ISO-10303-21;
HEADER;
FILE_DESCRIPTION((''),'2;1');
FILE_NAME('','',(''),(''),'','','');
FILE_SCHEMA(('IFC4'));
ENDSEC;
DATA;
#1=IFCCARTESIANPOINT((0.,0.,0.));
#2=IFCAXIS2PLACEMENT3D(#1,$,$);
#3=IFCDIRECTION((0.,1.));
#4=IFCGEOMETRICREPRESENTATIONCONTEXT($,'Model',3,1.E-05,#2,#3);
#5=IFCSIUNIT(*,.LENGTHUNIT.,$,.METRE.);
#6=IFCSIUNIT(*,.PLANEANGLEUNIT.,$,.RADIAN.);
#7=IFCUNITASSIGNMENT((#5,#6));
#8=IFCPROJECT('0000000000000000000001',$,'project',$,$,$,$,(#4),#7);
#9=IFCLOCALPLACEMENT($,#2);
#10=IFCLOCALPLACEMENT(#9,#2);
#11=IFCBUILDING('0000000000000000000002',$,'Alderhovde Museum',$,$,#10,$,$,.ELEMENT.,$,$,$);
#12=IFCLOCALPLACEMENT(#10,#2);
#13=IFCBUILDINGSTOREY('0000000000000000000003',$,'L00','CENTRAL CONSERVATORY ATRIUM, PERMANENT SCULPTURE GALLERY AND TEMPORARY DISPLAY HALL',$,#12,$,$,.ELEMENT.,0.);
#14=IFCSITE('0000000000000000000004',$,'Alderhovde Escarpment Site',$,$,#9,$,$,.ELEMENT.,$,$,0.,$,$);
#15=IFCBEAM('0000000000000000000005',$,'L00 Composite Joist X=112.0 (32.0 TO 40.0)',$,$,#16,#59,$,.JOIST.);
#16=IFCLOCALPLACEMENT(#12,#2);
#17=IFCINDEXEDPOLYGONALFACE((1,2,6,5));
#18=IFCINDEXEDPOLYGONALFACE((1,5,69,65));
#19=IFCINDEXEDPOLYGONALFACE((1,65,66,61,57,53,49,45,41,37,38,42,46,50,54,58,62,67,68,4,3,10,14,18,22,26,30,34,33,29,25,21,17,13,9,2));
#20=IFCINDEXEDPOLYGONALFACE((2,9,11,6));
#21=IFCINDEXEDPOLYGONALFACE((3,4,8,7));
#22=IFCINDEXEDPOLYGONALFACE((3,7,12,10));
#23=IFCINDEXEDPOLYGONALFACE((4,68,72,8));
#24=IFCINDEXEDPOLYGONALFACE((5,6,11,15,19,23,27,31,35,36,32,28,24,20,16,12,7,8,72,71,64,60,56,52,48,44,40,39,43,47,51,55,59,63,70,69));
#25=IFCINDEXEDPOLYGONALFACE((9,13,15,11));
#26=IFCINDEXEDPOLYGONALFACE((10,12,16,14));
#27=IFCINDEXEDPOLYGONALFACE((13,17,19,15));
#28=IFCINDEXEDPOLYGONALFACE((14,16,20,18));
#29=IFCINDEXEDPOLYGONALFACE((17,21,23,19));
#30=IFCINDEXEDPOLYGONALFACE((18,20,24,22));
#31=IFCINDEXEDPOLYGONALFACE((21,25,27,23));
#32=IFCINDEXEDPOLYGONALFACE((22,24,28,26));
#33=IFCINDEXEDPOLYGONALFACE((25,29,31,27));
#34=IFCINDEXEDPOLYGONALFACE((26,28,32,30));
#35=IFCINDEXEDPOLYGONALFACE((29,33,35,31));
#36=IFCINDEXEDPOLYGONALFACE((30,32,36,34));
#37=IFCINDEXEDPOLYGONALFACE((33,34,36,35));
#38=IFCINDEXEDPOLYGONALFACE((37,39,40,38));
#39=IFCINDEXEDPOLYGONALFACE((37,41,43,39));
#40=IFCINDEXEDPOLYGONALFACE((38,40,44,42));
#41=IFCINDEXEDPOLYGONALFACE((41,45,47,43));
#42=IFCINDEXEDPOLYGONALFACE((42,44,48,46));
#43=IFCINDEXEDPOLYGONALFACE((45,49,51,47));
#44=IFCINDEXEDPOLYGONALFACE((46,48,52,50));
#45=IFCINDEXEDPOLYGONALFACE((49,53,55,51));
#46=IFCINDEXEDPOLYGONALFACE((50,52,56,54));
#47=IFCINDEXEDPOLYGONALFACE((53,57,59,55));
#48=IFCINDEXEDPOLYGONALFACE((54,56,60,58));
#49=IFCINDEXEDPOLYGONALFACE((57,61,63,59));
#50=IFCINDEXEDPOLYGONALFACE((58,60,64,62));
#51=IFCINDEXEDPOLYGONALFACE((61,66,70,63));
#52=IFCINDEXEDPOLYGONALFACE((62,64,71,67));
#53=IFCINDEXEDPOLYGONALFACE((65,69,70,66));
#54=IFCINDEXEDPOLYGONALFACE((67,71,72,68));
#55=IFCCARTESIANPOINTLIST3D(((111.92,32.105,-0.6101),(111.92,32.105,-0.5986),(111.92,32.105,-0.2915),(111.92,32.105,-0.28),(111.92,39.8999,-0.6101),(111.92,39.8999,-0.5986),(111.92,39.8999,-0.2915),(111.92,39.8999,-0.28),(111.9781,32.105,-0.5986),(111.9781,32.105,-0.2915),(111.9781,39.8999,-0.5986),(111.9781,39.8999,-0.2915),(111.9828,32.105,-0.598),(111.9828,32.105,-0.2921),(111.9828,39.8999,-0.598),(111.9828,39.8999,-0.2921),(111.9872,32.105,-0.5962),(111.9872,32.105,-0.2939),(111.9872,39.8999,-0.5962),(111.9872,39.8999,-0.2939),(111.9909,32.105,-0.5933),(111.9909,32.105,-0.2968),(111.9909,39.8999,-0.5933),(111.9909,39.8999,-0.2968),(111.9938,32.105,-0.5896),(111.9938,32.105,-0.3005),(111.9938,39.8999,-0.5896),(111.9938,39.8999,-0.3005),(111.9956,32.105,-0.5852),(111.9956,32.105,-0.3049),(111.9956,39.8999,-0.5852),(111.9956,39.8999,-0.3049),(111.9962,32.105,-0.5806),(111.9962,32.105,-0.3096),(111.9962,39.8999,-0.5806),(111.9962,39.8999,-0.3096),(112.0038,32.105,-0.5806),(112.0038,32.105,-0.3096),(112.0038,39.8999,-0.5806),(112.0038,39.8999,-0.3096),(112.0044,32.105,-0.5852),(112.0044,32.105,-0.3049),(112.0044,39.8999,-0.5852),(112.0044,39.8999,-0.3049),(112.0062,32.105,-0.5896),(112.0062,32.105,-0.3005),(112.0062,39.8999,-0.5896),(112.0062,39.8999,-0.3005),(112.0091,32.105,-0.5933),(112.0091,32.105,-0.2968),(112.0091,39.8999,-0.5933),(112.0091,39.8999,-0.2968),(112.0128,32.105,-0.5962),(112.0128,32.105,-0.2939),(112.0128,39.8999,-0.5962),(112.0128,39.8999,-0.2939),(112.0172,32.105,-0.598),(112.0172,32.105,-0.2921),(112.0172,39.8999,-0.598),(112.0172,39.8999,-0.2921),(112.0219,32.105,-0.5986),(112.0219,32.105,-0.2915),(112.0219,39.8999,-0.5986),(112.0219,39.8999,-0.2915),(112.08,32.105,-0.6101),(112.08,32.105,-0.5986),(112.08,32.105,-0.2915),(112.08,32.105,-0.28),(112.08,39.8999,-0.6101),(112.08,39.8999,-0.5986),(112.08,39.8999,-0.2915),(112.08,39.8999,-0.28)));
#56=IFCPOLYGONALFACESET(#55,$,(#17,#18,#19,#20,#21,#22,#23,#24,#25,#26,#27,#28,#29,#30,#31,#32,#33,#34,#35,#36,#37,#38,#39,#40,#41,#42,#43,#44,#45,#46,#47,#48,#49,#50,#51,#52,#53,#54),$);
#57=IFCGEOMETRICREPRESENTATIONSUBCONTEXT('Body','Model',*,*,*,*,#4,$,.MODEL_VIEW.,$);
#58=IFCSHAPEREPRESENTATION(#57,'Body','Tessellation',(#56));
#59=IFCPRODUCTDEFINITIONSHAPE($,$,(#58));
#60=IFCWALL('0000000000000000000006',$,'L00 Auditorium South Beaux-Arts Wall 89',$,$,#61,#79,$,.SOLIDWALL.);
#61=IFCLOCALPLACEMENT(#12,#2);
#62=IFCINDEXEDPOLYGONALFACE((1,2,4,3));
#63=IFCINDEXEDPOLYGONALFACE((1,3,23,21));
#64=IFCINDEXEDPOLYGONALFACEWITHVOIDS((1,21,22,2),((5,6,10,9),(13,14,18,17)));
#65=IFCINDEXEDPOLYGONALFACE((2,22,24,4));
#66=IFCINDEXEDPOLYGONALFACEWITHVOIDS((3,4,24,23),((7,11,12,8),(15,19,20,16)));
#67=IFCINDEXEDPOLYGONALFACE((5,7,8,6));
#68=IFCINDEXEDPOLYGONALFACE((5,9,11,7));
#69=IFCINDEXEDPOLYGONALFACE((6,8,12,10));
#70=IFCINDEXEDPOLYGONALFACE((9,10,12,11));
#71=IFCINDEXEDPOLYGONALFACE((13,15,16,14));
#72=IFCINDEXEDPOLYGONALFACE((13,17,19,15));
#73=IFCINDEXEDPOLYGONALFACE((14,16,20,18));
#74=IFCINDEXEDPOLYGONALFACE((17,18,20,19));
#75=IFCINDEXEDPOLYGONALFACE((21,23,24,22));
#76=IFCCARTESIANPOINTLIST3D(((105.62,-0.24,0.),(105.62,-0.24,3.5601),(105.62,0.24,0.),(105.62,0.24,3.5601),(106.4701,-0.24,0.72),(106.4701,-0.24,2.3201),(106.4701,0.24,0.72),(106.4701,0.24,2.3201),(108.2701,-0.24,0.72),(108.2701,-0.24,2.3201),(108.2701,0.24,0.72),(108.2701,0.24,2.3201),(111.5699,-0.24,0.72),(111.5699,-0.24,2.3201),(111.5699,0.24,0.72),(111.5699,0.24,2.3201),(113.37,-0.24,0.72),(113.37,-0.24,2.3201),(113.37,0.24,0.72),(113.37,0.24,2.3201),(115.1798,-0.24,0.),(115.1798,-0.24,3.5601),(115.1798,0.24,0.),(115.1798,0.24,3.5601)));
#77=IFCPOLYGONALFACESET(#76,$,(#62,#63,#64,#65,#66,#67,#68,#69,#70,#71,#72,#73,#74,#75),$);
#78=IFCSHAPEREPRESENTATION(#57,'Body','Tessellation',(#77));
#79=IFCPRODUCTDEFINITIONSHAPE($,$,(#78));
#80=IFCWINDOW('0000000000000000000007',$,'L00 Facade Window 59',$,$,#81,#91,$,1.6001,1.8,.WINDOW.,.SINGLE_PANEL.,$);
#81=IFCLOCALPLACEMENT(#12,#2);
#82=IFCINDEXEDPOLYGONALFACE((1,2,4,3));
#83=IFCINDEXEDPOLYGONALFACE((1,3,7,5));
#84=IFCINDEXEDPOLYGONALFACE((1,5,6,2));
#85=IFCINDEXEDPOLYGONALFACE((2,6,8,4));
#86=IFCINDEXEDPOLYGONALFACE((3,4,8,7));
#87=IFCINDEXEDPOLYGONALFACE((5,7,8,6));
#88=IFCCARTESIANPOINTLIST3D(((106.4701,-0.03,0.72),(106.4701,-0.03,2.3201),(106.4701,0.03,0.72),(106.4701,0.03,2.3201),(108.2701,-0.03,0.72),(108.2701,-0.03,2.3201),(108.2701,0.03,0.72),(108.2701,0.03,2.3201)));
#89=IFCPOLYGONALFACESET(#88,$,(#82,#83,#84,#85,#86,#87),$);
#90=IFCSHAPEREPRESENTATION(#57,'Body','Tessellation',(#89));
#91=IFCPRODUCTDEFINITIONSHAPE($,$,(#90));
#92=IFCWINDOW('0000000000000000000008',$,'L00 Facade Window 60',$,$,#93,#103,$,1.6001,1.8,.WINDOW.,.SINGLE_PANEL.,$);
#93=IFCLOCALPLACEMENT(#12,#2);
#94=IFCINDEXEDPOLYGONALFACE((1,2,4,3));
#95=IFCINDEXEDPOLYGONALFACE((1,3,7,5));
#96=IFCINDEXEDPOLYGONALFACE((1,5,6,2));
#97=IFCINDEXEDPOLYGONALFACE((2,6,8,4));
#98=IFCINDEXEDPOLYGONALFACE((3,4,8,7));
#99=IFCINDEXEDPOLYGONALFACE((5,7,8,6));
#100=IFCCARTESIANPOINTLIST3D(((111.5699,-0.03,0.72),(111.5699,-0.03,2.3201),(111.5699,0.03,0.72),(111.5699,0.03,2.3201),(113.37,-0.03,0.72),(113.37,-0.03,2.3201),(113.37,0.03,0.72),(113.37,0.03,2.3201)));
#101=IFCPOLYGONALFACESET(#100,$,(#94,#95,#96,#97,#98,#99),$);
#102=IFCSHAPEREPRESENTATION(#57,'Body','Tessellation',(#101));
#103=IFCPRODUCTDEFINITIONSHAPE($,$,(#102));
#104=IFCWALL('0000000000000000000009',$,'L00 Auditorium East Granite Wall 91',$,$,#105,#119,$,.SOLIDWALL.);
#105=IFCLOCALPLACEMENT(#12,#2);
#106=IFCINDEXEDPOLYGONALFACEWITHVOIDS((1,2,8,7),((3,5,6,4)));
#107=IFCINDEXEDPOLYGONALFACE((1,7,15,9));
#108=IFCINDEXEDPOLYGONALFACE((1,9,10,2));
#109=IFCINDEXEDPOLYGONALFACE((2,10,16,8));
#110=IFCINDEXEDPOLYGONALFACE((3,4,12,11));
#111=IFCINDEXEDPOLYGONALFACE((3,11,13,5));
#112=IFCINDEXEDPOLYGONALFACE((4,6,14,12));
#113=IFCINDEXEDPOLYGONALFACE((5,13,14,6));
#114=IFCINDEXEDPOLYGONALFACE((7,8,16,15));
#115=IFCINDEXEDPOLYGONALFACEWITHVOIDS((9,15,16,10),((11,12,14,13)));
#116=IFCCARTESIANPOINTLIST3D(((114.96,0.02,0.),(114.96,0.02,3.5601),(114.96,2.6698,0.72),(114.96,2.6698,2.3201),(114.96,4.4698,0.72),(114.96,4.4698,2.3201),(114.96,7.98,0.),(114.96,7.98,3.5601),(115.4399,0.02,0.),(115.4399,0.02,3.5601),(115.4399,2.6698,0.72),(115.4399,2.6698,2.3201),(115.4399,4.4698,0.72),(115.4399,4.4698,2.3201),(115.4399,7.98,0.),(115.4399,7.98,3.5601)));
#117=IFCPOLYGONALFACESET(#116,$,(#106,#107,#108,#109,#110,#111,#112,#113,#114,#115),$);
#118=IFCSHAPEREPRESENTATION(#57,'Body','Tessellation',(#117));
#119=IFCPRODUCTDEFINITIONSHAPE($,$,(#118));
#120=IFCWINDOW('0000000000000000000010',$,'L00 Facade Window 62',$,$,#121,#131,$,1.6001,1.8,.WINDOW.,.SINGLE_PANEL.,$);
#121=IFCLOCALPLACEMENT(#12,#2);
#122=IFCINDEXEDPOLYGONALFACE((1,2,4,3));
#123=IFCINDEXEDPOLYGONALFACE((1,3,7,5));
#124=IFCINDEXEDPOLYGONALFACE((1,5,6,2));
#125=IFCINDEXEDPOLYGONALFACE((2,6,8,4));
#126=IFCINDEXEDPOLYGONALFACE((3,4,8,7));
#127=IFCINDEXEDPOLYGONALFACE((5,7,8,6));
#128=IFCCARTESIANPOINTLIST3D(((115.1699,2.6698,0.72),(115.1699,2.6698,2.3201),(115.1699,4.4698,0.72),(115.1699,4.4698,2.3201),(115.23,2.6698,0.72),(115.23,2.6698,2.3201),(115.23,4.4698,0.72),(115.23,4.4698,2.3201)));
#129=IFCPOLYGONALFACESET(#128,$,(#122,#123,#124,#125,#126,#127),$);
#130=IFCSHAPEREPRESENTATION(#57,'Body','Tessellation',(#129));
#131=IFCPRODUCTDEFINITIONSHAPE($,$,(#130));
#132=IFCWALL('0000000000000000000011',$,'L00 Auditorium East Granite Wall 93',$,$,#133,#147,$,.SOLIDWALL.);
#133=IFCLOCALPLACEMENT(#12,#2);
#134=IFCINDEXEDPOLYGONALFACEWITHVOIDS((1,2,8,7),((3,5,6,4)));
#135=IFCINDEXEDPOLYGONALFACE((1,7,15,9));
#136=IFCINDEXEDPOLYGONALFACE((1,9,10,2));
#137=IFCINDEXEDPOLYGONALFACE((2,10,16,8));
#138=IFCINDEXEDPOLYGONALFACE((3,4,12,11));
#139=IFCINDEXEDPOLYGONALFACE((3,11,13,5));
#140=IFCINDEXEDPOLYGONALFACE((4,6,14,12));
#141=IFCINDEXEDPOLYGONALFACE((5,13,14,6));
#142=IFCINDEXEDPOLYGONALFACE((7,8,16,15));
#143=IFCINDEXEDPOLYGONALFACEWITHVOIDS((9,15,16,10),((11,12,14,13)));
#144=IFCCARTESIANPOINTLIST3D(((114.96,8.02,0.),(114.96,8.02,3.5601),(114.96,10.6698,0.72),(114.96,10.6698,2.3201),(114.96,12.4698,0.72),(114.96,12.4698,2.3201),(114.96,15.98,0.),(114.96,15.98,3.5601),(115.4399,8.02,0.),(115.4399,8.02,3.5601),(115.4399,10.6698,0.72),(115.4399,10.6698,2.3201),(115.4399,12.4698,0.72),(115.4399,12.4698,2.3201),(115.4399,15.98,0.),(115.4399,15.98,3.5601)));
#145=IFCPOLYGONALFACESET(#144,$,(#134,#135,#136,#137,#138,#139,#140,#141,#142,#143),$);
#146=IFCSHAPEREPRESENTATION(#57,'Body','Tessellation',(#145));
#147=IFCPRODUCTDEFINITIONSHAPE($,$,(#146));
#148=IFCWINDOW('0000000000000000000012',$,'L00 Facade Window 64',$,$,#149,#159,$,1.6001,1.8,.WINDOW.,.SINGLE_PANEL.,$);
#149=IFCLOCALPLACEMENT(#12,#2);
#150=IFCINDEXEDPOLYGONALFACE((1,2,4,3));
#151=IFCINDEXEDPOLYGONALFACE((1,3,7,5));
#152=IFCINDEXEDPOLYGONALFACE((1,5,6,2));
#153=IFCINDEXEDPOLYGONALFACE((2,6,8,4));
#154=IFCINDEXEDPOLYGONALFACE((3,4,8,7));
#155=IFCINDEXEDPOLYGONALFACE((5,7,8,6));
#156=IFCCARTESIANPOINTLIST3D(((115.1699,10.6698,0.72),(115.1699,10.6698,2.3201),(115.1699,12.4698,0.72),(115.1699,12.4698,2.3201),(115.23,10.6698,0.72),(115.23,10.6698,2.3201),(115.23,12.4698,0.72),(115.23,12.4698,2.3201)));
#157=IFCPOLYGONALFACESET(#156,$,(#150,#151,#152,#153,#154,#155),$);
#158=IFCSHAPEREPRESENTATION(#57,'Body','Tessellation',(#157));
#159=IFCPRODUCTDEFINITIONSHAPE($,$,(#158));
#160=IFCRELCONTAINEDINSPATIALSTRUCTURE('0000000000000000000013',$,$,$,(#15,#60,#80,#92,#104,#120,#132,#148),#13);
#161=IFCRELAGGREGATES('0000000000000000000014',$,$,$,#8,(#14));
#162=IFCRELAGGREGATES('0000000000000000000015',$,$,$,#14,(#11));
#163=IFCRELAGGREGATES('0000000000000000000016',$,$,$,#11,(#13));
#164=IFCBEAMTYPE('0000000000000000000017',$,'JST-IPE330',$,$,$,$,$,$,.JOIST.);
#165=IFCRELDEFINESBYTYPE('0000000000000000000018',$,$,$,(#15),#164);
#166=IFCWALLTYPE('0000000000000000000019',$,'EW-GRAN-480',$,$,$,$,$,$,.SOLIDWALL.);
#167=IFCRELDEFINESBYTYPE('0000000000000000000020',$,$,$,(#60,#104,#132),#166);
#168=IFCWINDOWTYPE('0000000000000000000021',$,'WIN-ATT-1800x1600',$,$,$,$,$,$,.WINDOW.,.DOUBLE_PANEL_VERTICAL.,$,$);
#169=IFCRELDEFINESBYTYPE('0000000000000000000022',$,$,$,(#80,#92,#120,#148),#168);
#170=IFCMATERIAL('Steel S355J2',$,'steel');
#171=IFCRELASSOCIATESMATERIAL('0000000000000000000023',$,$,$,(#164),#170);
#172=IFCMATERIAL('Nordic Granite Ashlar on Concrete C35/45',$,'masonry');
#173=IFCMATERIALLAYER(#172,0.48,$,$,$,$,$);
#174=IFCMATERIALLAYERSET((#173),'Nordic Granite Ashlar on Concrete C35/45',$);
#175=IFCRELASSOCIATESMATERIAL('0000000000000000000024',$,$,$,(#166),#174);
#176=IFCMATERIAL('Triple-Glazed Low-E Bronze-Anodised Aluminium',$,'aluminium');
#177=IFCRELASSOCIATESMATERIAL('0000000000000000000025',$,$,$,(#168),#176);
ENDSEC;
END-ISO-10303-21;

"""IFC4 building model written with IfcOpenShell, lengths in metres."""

from ifc_helpers import new_model, si_unit, direction, frame, frame_2d, origin, origin_2d, place, context, subcontext, project, spatial, rectangle, i_section, extrude, material, layer, layer_set, material_profile, profile_set, type_object, element, fill, save


model = new_model("IFC4")

# Units and contexts
model_context = context("Model", 3, precision=1e-05, world=origin(), true_north=direction((0.0, 1.0)))
body_context = subcontext(model_context, "Body", "Model", "MODEL_VIEW")
ifc_project = project(units=[si_unit("LENGTHUNIT", "METRE"), si_unit("PLANEANGLEUNIT", "RADIAN")], contexts=[model_context])

# Site, building, storey
site_placement = place(None, origin())
site = spatial("IfcSite", under=ifc_project, at=site_placement, Name="Alderhovde Escarpment Site", CompositionType="ELEMENT", RefElevation=0.0)
building_placement = place(site_placement, origin())
building = spatial("IfcBuilding", under=site, at=building_placement, Name="Alderhovde Museum", CompositionType="ELEMENT")
storey_placement = place(building_placement, origin())
storey = spatial("IfcBuildingStorey", under=building, at=storey_placement, Name="L00", Description="CENTRAL CONSERVATORY ATRIUM, PERMANENT SCULPTURE GALLERY AND TEMPORARY DISPLAY HALL", CompositionType="ELEMENT", Elevation=0.0)

# Beam
ifc_material_1 = material(Name="Steel S355J2", Category="steel")
ifc_material_profile_1 = material_profile(ifc_material_1, i_section(OverallWidth=0.1599, OverallDepth=0.3301, WebThickness=0.0076, FlangeThickness=0.0115, FilletRadius=0.0181, at=origin_2d()), Name="IPE 330")
ifc_profile_set_1 = profile_set([ifc_material_profile_1], Name="Steel S355J2")
beam_type_1 = type_object("IfcBeamType", Name="JST-IPE330", PredefinedType="JOIST", material=ifc_profile_set_1)
for number, where, z_axis, x_axis, name in (
    (1, (112.0, 32.105, -0.4451), (0.0, 1.0, 0.0), (-1.0, 0.0, 0.0), "L00 Composite Joist X=112.0 (32.0 TO 40.0)"),
):
    element("IfcBeam", number, at=place(storey_placement, frame(where, z_axis=z_axis, x_axis=x_axis)), inside=storey, type_object=beam_type_1, Name=name, PredefinedType="JOIST", context=body_context, shape_type="SweptSolid", body=[
        extrude(i_section(OverallWidth=0.1599, OverallDepth=0.3301, WebThickness=0.0076, FlangeThickness=0.0115, FilletRadius=0.0181, at=origin_2d()), origin(), (0.0, 0.0, 1.0), 7.7949),
    ])

# Wall, openings, windows
ifc_material_2 = material(Name="Nordic Granite Ashlar on Concrete C35/45", Category="masonry")
ifc_layer = layer(ifc_material_2, 0.48)
ifc_layer_set = layer_set([ifc_layer], Name="Nordic Granite Ashlar on Concrete C35/45")
wall_type = type_object("IfcWallType", Name="EW-GRAN-480", PredefinedType="SOLIDWALL", material=ifc_layer_set)
wall_1_placement = place(storey_placement, frame((105.6201, 0.0, 0.0), z_axis=(0.0, 0.0, 1.0), x_axis=(1.0, 0.0, 0.0)))
wall_1 = element("IfcWall", 2, at=wall_1_placement, inside=storey, type_object=wall_type, Name="L00 Auditorium South Beaux-Arts Wall 89", PredefinedType="SOLIDWALL", context=body_context, shape_type="SweptSolid", body=[
    extrude(rectangle(XDim=9.5598, YDim=0.48, at=frame_2d((4.7798, 0.0))), origin(), (0.0, 0.0, 1.0), 3.5601),
])
opening_1_placement = place(wall_1_placement, frame((0.8501, 0.0, 0.72)))
opening_1 = element("IfcOpeningElement", 3, at=opening_1_placement, cuts=wall_1, PredefinedType="OPENING", context=body_context, shape_type="SweptSolid", body=[
    extrude(rectangle(XDim=1.8, YDim=1.6001, at=frame_2d((0.8999, 0.8))), frame((0.0, 0.25, 0.0), z_axis=(0.0, -1.0, 0.0), x_axis=(1.0, 0.0, 0.0)), (0.0, 0.0, 1.0), 0.5),
])
opening_2_placement = place(wall_1_placement, frame((5.95, 0.0, 0.72)))
opening_2 = element("IfcOpeningElement", 4, at=opening_2_placement, cuts=wall_1, PredefinedType="OPENING", context=body_context, shape_type="SweptSolid", body=[
    extrude(rectangle(XDim=1.8, YDim=1.6001, at=frame_2d((0.8999, 0.8))), frame((0.0, 0.25, 0.0), z_axis=(0.0, -1.0, 0.0), x_axis=(1.0, 0.0, 0.0)), (0.0, 0.0, 1.0), 0.5),
])
ifc_material_3 = material(Name="Triple-Glazed Low-E Bronze-Anodised Aluminium", Category="aluminium")
window_type = type_object("IfcWindowType", Name="WIN-ATT-1800x1600", PartitioningType="DOUBLE_PANEL_VERTICAL", PredefinedType="WINDOW", material=ifc_material_3)
window_1_placement = place(opening_1_placement, origin())
window_1 = element("IfcWindow", 5, at=window_1_placement, inside=storey, type_object=window_type, Name="L00 Facade Window 59", OverallHeight=1.6001, OverallWidth=1.8, PartitioningType="SINGLE_PANEL", PredefinedType="WINDOW", context=body_context, shape_type="SweptSolid", body=[
    extrude(rectangle(XDim=1.8, YDim=1.6001, at=frame_2d((0.8999, 0.8))), frame((0.0, 0.03, 0.0), z_axis=(0.0, -1.0, 0.0), x_axis=(1.0, 0.0, 0.0)), (0.0, 0.0, 1.0), 0.0601),
])
fill(opening_1, window_1)
window_2_placement = place(opening_2_placement, origin())
window_2 = element("IfcWindow", 6, at=window_2_placement, inside=storey, type_object=window_type, Name="L00 Facade Window 60", OverallHeight=1.6001, OverallWidth=1.8, PartitioningType="SINGLE_PANEL", PredefinedType="WINDOW", context=body_context, shape_type="SweptSolid", body=[
    extrude(rectangle(XDim=1.8, YDim=1.6001, at=frame_2d((0.8999, 0.8))), frame((0.0, 0.03, 0.0), z_axis=(0.0, -1.0, 0.0), x_axis=(1.0, 0.0, 0.0)), (0.0, 0.0, 1.0), 0.0601),
])
fill(opening_2, window_2)

# Walls, openings, windows
wall_2_placement = place(storey_placement, frame((115.2, 0.02, 0.0), z_axis=(0.0, 0.0, 1.0), x_axis=(0.0, 1.0, 0.0)))
wall_2 = element("IfcWall", 7, at=wall_2_placement, inside=storey, type_object=wall_type, Name="L00 Auditorium East Granite Wall 91", PredefinedType="SOLIDWALL", context=body_context, shape_type="SweptSolid", body=[
    extrude(rectangle(XDim=7.96, YDim=0.48, at=frame_2d((3.98, 0.0))), origin(), (0.0, 0.0, 1.0), 3.5601),
])
opening_3_placement = place(wall_2_placement, frame((2.6499, 0.0, 0.72)))
opening_3 = element("IfcOpeningElement", 8, at=opening_3_placement, cuts=wall_2, PredefinedType="OPENING", context=body_context, shape_type="SweptSolid", body=[
    extrude(rectangle(XDim=1.8, YDim=1.6001, at=frame_2d((0.8999, 0.8))), frame((0.0, 0.25, 0.0), z_axis=(0.0, -1.0, 0.0), x_axis=(1.0, 0.0, 0.0)), (0.0, 0.0, 1.0), 0.5),
])
window_3_placement = place(opening_3_placement, origin())
window_3 = element("IfcWindow", 9, at=window_3_placement, inside=storey, type_object=window_type, Name="L00 Facade Window 62", OverallHeight=1.6001, OverallWidth=1.8, PartitioningType="SINGLE_PANEL", PredefinedType="WINDOW", context=body_context, shape_type="SweptSolid", body=[
    extrude(rectangle(XDim=1.8, YDim=1.6001, at=frame_2d((0.8999, 0.8))), frame((0.0, 0.03, 0.0), z_axis=(0.0, -1.0, 0.0), x_axis=(1.0, 0.0, 0.0)), (0.0, 0.0, 1.0), 0.0601),
])
fill(opening_3, window_3)
wall_3_placement = place(storey_placement, frame((115.2, 8.02, 0.0), z_axis=(0.0, 0.0, 1.0), x_axis=(0.0, 1.0, 0.0)))
wall_3 = element("IfcWall", 10, at=wall_3_placement, inside=storey, type_object=wall_type, Name="L00 Auditorium East Granite Wall 93", PredefinedType="SOLIDWALL", context=body_context, shape_type="SweptSolid", body=[
    extrude(rectangle(XDim=7.96, YDim=0.48, at=frame_2d((3.98, 0.0))), origin(), (0.0, 0.0, 1.0), 3.5601),
])
opening_4_placement = place(wall_3_placement, frame((2.6499, 0.0, 0.72)))
opening_4 = element("IfcOpeningElement", 11, at=opening_4_placement, cuts=wall_3, PredefinedType="OPENING", context=body_context, shape_type="SweptSolid", body=[
    extrude(rectangle(XDim=1.8, YDim=1.6001, at=frame_2d((0.8999, 0.8))), frame((0.0, 0.25, 0.0), z_axis=(0.0, -1.0, 0.0), x_axis=(1.0, 0.0, 0.0)), (0.0, 0.0, 1.0), 0.5),
])
window_4_placement = place(opening_4_placement, origin())
window_4 = element("IfcWindow", 12, at=window_4_placement, inside=storey, type_object=window_type, Name="L00 Facade Window 64", OverallHeight=1.6001, OverallWidth=1.8, PartitioningType="SINGLE_PANEL", PredefinedType="WINDOW", context=body_context, shape_type="SweptSolid", body=[
    extrude(rectangle(XDim=1.8, YDim=1.6001, at=frame_2d((0.8999, 0.8))), frame((0.0, 0.03, 0.0), z_axis=(0.0, -1.0, 0.0), x_axis=(1.0, 0.0, 0.0)), (0.0, 0.0, 1.0), 0.0601),
])
fill(opening_4, window_4)

save(model, "model.ifc")
